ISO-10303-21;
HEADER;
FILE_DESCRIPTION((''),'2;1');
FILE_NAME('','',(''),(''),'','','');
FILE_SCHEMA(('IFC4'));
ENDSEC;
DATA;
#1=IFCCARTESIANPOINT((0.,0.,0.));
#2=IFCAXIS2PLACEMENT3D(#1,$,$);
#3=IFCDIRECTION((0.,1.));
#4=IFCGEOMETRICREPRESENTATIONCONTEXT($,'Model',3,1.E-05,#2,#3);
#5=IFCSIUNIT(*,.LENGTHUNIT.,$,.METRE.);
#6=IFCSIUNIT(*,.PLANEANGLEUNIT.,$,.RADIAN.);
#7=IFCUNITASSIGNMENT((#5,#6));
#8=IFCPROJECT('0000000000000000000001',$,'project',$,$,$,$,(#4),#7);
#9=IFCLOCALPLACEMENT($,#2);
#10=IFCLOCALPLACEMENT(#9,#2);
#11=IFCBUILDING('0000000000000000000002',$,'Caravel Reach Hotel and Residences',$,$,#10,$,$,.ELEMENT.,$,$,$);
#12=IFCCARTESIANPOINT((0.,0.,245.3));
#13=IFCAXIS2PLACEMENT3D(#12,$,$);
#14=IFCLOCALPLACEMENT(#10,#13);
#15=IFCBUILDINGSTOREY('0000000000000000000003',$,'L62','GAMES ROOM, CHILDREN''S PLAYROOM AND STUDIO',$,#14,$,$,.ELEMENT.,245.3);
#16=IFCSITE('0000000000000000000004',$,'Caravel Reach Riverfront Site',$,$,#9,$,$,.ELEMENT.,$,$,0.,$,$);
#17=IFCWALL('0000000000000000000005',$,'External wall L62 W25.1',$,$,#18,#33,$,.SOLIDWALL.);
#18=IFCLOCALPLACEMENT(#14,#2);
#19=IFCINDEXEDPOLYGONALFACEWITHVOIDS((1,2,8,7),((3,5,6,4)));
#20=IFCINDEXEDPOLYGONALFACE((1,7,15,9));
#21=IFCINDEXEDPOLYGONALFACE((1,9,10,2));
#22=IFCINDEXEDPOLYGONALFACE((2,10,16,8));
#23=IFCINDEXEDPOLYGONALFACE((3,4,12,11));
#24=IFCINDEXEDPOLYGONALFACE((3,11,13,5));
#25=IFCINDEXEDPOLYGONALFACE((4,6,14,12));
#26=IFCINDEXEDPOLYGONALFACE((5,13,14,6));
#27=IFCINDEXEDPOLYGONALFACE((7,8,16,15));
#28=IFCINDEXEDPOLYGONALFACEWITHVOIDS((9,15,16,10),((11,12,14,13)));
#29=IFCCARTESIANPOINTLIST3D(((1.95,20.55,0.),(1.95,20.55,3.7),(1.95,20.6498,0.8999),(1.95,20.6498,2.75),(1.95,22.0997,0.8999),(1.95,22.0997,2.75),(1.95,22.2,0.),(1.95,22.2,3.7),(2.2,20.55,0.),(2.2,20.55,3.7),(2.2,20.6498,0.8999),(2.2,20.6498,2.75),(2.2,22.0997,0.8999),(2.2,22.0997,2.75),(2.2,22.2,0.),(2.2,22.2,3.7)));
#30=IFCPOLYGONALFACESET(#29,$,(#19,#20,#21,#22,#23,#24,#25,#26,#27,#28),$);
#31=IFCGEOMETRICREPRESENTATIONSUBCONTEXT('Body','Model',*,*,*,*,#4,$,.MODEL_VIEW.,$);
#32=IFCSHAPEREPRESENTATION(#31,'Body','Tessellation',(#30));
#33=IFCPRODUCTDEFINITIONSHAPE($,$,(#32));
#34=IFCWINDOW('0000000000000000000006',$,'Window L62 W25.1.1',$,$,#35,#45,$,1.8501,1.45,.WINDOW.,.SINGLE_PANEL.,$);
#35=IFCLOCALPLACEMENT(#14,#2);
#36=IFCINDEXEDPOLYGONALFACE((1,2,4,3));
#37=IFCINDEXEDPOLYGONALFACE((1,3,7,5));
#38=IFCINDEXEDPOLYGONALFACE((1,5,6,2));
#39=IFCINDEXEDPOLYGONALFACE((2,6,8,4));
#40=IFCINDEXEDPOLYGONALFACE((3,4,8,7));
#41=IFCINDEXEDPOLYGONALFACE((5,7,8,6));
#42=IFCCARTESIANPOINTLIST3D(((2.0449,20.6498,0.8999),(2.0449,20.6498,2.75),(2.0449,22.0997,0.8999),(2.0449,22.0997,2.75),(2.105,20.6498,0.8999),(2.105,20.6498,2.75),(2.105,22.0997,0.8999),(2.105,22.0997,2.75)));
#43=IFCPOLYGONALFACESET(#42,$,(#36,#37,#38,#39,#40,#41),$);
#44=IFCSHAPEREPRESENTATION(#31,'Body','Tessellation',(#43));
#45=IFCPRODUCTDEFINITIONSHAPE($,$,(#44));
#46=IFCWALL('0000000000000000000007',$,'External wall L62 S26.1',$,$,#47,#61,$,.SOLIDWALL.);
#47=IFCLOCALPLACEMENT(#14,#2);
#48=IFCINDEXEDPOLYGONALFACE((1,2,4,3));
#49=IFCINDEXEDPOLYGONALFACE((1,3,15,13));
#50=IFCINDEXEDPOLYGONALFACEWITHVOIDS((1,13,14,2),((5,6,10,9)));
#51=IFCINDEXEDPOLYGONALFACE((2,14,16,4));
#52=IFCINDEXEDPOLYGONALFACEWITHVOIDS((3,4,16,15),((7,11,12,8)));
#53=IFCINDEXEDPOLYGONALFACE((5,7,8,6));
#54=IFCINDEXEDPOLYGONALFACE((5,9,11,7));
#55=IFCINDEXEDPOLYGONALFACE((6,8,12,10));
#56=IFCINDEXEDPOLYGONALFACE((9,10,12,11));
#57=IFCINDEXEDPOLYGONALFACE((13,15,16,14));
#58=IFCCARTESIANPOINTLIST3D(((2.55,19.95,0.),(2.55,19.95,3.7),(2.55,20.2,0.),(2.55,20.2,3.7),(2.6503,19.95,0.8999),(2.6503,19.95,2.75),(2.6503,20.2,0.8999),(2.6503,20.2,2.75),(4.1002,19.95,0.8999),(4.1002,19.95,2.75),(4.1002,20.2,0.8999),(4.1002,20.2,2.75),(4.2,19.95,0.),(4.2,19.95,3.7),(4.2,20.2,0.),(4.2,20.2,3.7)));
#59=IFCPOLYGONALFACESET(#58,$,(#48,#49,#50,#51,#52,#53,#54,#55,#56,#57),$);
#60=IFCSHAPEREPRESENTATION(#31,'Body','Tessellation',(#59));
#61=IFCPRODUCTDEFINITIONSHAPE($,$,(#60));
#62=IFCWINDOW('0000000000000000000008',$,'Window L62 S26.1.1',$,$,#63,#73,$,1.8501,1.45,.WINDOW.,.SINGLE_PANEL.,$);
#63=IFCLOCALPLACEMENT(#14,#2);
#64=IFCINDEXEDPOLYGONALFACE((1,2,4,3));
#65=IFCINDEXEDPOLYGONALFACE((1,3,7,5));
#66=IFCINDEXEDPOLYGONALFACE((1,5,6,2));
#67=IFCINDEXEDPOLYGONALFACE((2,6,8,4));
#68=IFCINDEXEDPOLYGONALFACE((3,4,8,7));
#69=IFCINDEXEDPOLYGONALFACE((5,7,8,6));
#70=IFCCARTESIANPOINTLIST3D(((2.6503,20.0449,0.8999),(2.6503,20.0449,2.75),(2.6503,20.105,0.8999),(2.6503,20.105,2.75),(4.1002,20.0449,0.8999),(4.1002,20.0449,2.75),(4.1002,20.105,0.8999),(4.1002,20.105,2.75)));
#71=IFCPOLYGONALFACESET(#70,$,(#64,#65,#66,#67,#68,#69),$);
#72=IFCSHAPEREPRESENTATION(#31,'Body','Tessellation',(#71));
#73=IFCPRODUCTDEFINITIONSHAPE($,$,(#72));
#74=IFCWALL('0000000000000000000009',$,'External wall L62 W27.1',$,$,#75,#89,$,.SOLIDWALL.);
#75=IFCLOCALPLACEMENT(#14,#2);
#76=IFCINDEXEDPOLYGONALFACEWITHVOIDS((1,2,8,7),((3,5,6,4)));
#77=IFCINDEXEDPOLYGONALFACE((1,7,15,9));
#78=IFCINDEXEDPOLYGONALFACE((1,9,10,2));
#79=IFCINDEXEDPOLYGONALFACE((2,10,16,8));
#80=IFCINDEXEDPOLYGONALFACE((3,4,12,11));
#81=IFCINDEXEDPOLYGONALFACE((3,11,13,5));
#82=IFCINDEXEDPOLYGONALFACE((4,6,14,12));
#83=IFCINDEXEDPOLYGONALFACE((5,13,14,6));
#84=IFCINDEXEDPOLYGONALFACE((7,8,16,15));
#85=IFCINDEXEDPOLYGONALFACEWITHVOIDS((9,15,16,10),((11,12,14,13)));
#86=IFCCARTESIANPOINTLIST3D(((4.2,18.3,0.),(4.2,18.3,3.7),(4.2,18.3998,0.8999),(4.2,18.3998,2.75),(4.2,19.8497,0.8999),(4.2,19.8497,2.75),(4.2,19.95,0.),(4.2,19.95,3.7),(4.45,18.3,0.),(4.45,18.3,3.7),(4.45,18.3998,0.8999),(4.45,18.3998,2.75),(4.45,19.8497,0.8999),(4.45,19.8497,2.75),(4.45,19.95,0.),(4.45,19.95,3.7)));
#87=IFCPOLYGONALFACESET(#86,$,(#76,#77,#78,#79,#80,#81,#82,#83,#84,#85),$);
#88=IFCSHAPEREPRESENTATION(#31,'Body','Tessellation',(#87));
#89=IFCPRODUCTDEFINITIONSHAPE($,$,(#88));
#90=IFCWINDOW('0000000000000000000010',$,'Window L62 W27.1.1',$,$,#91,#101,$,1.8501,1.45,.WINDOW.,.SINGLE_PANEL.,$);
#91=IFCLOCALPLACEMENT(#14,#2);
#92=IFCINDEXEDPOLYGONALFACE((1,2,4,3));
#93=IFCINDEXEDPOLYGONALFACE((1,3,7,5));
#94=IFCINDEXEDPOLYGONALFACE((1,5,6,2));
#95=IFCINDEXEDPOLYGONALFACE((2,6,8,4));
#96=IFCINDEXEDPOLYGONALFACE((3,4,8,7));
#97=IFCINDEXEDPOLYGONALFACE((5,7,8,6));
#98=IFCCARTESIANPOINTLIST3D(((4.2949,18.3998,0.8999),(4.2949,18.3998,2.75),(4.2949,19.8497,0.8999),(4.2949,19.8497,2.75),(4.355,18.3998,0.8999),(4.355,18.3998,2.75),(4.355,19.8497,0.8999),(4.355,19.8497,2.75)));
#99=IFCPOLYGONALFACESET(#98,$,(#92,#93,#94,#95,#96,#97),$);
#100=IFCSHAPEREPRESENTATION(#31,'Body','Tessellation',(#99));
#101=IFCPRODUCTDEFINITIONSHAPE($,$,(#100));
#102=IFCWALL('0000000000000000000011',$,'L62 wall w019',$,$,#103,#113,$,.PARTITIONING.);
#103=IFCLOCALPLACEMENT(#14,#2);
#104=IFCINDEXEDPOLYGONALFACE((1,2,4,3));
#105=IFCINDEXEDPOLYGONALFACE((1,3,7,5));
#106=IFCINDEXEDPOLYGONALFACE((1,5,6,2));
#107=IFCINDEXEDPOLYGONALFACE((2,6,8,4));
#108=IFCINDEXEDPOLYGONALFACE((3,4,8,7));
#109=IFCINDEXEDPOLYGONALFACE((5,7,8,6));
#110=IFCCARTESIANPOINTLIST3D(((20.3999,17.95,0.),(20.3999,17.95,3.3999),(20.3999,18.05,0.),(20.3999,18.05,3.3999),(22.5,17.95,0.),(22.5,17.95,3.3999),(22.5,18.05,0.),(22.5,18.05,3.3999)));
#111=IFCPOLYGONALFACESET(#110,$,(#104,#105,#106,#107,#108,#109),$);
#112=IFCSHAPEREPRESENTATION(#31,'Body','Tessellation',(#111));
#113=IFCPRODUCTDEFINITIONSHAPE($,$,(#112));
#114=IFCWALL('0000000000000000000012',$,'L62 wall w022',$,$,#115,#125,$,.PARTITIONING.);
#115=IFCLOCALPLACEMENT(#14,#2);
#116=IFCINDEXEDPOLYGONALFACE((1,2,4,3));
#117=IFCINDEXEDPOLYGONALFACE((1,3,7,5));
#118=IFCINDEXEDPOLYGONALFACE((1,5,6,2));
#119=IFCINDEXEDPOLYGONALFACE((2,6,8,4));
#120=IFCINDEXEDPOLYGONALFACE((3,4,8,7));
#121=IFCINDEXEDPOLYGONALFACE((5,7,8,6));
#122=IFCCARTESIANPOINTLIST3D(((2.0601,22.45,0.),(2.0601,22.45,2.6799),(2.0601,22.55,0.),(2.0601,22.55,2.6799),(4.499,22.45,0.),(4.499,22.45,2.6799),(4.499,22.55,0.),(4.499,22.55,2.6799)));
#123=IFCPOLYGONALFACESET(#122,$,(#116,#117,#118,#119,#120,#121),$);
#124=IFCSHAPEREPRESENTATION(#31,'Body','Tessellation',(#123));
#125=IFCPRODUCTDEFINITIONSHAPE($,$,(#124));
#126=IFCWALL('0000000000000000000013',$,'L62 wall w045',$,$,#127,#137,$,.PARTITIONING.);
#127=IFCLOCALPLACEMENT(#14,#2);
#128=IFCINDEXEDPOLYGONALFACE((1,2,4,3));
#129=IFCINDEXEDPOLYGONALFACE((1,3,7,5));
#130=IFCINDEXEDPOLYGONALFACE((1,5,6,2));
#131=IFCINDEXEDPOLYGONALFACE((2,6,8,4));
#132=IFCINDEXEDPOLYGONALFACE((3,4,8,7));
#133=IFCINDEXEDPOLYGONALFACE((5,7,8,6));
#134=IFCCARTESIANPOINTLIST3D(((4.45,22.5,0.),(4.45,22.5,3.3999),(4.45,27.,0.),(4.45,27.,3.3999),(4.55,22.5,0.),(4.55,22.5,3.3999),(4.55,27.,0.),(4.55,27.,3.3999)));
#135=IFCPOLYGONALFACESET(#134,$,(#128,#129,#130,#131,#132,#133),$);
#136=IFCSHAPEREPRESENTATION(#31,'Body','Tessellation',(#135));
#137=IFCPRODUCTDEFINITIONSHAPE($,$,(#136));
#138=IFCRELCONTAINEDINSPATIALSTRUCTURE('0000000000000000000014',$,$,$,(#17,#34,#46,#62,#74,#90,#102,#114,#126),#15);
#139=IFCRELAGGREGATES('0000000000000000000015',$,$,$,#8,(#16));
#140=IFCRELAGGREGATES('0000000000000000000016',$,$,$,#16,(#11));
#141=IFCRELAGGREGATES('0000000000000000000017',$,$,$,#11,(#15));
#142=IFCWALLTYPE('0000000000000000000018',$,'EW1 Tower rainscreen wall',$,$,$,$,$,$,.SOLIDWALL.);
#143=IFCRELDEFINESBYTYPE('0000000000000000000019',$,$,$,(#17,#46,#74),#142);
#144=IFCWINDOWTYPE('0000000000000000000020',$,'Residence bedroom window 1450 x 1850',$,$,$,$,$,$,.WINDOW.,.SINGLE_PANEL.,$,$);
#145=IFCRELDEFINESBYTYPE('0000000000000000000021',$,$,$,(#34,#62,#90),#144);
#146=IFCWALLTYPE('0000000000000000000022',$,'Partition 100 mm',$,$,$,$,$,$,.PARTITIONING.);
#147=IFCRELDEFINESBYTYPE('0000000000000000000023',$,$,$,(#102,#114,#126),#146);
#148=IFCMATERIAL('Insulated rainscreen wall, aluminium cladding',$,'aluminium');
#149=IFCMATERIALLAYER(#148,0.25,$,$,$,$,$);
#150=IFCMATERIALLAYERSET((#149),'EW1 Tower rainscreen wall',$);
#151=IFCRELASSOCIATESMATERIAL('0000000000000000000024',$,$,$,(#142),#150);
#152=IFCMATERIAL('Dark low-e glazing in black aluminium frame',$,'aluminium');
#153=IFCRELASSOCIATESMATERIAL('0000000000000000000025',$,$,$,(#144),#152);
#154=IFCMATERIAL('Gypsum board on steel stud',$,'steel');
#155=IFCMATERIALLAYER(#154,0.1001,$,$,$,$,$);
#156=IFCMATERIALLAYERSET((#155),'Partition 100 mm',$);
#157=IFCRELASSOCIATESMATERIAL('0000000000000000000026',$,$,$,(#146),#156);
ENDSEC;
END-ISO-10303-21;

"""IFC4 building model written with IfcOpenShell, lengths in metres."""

from ifc_helpers import new_model, si_unit, direction, frame, frame_2d, origin, place, context, subcontext, project, spatial, rectangle, extrude, material, layer, layer_set, type_object, element, fill, save


model = new_model("IFC4")

# Units and contexts
model_context = context("Model", 3, precision=1e-05, world=origin(), true_north=direction((0.0, 1.0)))
body_context = subcontext(model_context, "Body", "Model", "MODEL_VIEW")
ifc_project = project(units=[si_unit("LENGTHUNIT", "METRE"), si_unit("PLANEANGLEUNIT", "RADIAN")], contexts=[model_context])

# Site, building, storey
site_placement = place(None, origin())
site = spatial("IfcSite", under=ifc_project, at=site_placement, Name="Caravel Reach Riverfront Site", CompositionType="ELEMENT", RefElevation=0.0)
building_placement = place(site_placement, origin())
building = spatial("IfcBuilding", under=site, at=building_placement, Name="Caravel Reach Hotel and Residences", CompositionType="ELEMENT")
storey_placement = place(building_placement, frame((0.0, 0.0, 245.3)))
storey = spatial("IfcBuildingStorey", under=building, at=storey_placement, Name="L62", Description="GAMES ROOM, CHILDREN'S PLAYROOM AND STUDIO", CompositionType="ELEMENT", Elevation=245.3)

# Walls, openings, windows
ifc_material_1 = material(Name="Insulated rainscreen wall, aluminium cladding", Category="aluminium")
ifc_layer_1 = layer(ifc_material_1, 0.25)
ifc_layer_set_1 = layer_set([ifc_layer_1], Name="EW1 Tower rainscreen wall")
wall_type_1 = type_object("IfcWallType", Name="EW1 Tower rainscreen wall", PredefinedType="SOLIDWALL", material=ifc_layer_set_1)
ifc_material_2 = material(Name="Dark low-e glazing in black aluminium frame", Category="aluminium")
window_type = type_object("IfcWindowType", Name="Residence bedroom window 1450 x 1850", PartitioningType="SINGLE_PANEL", PredefinedType="WINDOW", material=ifc_material_2)
wall_1_placement = place(storey_placement, frame((2.075, 22.2, 0.0), z_axis=(0.0, 0.0, 1.0), x_axis=(0.0, -1.0, 0.0)))
wall_1 = element("IfcWall", 1, at=wall_1_placement, inside=storey, type_object=wall_type_1, Name="External wall L62 W25.1", PredefinedType="SOLIDWALL", context=body_context, shape_type="SweptSolid", body=[
    extrude(rectangle(XDim=1.6499, YDim=0.25, at=frame_2d((0.825, 0.0))), origin(), (0.0, 0.0, 1.0), 3.7),
])
opening_1_placement = place(wall_1_placement, frame((0.1001, 0.0, 0.8999)))
opening_1 = element("IfcOpeningElement", 2, at=opening_1_placement, cuts=wall_1, PredefinedType="OPENING", context=body_context, shape_type="SweptSolid", body=[
    extrude(rectangle(XDim=1.45, YDim=1.8501, at=frame_2d((0.7251, 0.925))), frame((0.0, 0.135, 0.0), z_axis=(0.0, -1.0, 0.0), x_axis=(1.0, 0.0, 0.0)), (0.0, 0.0, 1.0), 0.27),
])
window_1_placement = place(opening_1_placement, origin())
window_1 = element("IfcWindow", 3, at=window_1_placement, inside=storey, type_object=window_type, Name="Window L62 W25.1.1", OverallHeight=1.8501, OverallWidth=1.45, PartitioningType="SINGLE_PANEL", PredefinedType="WINDOW", context=body_context, shape_type="SweptSolid", body=[
    extrude(rectangle(XDim=1.45, YDim=1.8501, at=frame_2d((0.7251, 0.925))), frame((0.0, 0.03, 0.0), z_axis=(0.0, -1.0, 0.0), x_axis=(1.0, 0.0, 0.0)), (0.0, 0.0, 1.0), 0.0601),
])
fill(opening_1, window_1)
wall_2_placement = place(storey_placement, frame((2.55, 20.075, 0.0), z_axis=(0.0, 0.0, 1.0), x_axis=(1.0, 0.0, 0.0)))
wall_2 = element("IfcWall", 4, at=wall_2_placement, inside=storey, type_object=wall_type_1, Name="External wall L62 S26.1", PredefinedType="SOLIDWALL", context=body_context, shape_type="SweptSolid", body=[
    extrude(rectangle(XDim=1.6499, YDim=0.25, at=frame_2d((0.825, 0.0))), origin(), (0.0, 0.0, 1.0), 3.7),
])
opening_2_placement = place(wall_2_placement, frame((0.1001, 0.0, 0.8999)))
opening_2 = element("IfcOpeningElement", 5, at=opening_2_placement, cuts=wall_2, PredefinedType="OPENING", context=body_context, shape_type="SweptSolid", body=[
    extrude(rectangle(XDim=1.45, YDim=1.8501, at=frame_2d((0.7251, 0.925))), frame((0.0, 0.135, 0.0), z_axis=(0.0, -1.0, 0.0), x_axis=(1.0, 0.0, 0.0)), (0.0, 0.0, 1.0), 0.27),
])
window_2_placement = place(opening_2_placement, origin())
window_2 = element("IfcWindow", 6, at=window_2_placement, inside=storey, type_object=window_type, Name="Window L62 S26.1.1", OverallHeight=1.8501, OverallWidth=1.45, PartitioningType="SINGLE_PANEL", PredefinedType="WINDOW", context=body_context, shape_type="SweptSolid", body=[
    extrude(rectangle(XDim=1.45, YDim=1.8501, at=frame_2d((0.7251, 0.925))), frame((0.0, 0.03, 0.0), z_axis=(0.0, -1.0, 0.0), x_axis=(1.0, 0.0, 0.0)), (0.0, 0.0, 1.0), 0.0601),
])
fill(opening_2, window_2)
wall_3_placement = place(storey_placement, frame((4.325, 19.95, 0.0), z_axis=(0.0, 0.0, 1.0), x_axis=(0.0, -1.0, 0.0)))
wall_3 = element("IfcWall", 7, at=wall_3_placement, inside=storey, type_object=wall_type_1, Name="External wall L62 W27.1", PredefinedType="SOLIDWALL", context=body_context, shape_type="SweptSolid", body=[
    extrude(rectangle(XDim=1.6499, YDim=0.25, at=frame_2d((0.825, 0.0))), origin(), (0.0, 0.0, 1.0), 3.7),
])
opening_3_placement = place(wall_3_placement, frame((0.1001, 0.0, 0.8999)))
opening_3 = element("IfcOpeningElement", 8, at=opening_3_placement, cuts=wall_3, PredefinedType="OPENING", context=body_context, shape_type="SweptSolid", body=[
    extrude(rectangle(XDim=1.45, YDim=1.8501, at=frame_2d((0.7251, 0.925))), frame((0.0, 0.135, 0.0), z_axis=(0.0, -1.0, 0.0), x_axis=(1.0, 0.0, 0.0)), (0.0, 0.0, 1.0), 0.27),
])
window_3_placement = place(opening_3_placement, origin())
window_3 = element("IfcWindow", 9, at=window_3_placement, inside=storey, type_object=window_type, Name="Window L62 W27.1.1", OverallHeight=1.8501, OverallWidth=1.45, PartitioningType="SINGLE_PANEL", PredefinedType="WINDOW", context=body_context, shape_type="SweptSolid", body=[
    extrude(rectangle(XDim=1.45, YDim=1.8501, at=frame_2d((0.7251, 0.925))), frame((0.0, 0.03, 0.0), z_axis=(0.0, -1.0, 0.0), x_axis=(1.0, 0.0, 0.0)), (0.0, 0.0, 1.0), 0.0601),
])
fill(opening_3, window_3)

# Walls
ifc_material_3 = material(Name="Gypsum board on steel stud", Category="steel")
ifc_layer_2 = layer(ifc_material_3, 0.1001)
ifc_layer_set_2 = layer_set([ifc_layer_2], Name="Partition 100 mm")
wall_type_2 = type_object("IfcWallType", Name="Partition 100 mm", PredefinedType="PARTITIONING", material=ifc_layer_set_2)
wall_4_placement = place(storey_placement, frame((20.3999, 18.0, 0.0), z_axis=(0.0, 0.0, 1.0), x_axis=(1.0, 0.0, 0.0)))
element("IfcWall", 10, at=wall_4_placement, inside=storey, type_object=wall_type_2, Name="L62 wall w019", PredefinedType="PARTITIONING", context=body_context, shape_type="SweptSolid", body=[
    extrude(rectangle(XDim=2.1001, YDim=0.1001, at=frame_2d((1.05, 0.0))), origin(), (0.0, 0.0, 1.0), 3.3999),
])
wall_5_placement = place(storey_placement, frame((2.0601, 22.5, 0.0), z_axis=(0.0, 0.0, 1.0), x_axis=(1.0, 0.0, 0.0)))
element("IfcWall", 11, at=wall_5_placement, inside=storey, type_object=wall_type_2, Name="L62 wall w022", PredefinedType="PARTITIONING", context=body_context, shape_type="SweptSolid", body=[
    extrude(rectangle(XDim=2.439, YDim=0.1001, at=frame_2d((1.2195, 0.0))), origin(), (0.0, 0.0, 1.0), 2.6799),
])
wall_6_placement = place(storey_placement, frame((4.5, 22.5, 0.0), z_axis=(0.0, 0.0, 1.0), x_axis=(0.0, 1.0, 0.0)))
element("IfcWall", 12, at=wall_6_placement, inside=storey, type_object=wall_type_2, Name="L62 wall w045", PredefinedType="PARTITIONING", context=body_context, shape_type="SweptSolid", body=[
    extrude(rectangle(XDim=4.5, YDim=0.1001, at=frame_2d((2.25, 0.0))), origin(), (0.0, 0.0, 1.0), 3.3999),
])

save(model, "model.ifc")
